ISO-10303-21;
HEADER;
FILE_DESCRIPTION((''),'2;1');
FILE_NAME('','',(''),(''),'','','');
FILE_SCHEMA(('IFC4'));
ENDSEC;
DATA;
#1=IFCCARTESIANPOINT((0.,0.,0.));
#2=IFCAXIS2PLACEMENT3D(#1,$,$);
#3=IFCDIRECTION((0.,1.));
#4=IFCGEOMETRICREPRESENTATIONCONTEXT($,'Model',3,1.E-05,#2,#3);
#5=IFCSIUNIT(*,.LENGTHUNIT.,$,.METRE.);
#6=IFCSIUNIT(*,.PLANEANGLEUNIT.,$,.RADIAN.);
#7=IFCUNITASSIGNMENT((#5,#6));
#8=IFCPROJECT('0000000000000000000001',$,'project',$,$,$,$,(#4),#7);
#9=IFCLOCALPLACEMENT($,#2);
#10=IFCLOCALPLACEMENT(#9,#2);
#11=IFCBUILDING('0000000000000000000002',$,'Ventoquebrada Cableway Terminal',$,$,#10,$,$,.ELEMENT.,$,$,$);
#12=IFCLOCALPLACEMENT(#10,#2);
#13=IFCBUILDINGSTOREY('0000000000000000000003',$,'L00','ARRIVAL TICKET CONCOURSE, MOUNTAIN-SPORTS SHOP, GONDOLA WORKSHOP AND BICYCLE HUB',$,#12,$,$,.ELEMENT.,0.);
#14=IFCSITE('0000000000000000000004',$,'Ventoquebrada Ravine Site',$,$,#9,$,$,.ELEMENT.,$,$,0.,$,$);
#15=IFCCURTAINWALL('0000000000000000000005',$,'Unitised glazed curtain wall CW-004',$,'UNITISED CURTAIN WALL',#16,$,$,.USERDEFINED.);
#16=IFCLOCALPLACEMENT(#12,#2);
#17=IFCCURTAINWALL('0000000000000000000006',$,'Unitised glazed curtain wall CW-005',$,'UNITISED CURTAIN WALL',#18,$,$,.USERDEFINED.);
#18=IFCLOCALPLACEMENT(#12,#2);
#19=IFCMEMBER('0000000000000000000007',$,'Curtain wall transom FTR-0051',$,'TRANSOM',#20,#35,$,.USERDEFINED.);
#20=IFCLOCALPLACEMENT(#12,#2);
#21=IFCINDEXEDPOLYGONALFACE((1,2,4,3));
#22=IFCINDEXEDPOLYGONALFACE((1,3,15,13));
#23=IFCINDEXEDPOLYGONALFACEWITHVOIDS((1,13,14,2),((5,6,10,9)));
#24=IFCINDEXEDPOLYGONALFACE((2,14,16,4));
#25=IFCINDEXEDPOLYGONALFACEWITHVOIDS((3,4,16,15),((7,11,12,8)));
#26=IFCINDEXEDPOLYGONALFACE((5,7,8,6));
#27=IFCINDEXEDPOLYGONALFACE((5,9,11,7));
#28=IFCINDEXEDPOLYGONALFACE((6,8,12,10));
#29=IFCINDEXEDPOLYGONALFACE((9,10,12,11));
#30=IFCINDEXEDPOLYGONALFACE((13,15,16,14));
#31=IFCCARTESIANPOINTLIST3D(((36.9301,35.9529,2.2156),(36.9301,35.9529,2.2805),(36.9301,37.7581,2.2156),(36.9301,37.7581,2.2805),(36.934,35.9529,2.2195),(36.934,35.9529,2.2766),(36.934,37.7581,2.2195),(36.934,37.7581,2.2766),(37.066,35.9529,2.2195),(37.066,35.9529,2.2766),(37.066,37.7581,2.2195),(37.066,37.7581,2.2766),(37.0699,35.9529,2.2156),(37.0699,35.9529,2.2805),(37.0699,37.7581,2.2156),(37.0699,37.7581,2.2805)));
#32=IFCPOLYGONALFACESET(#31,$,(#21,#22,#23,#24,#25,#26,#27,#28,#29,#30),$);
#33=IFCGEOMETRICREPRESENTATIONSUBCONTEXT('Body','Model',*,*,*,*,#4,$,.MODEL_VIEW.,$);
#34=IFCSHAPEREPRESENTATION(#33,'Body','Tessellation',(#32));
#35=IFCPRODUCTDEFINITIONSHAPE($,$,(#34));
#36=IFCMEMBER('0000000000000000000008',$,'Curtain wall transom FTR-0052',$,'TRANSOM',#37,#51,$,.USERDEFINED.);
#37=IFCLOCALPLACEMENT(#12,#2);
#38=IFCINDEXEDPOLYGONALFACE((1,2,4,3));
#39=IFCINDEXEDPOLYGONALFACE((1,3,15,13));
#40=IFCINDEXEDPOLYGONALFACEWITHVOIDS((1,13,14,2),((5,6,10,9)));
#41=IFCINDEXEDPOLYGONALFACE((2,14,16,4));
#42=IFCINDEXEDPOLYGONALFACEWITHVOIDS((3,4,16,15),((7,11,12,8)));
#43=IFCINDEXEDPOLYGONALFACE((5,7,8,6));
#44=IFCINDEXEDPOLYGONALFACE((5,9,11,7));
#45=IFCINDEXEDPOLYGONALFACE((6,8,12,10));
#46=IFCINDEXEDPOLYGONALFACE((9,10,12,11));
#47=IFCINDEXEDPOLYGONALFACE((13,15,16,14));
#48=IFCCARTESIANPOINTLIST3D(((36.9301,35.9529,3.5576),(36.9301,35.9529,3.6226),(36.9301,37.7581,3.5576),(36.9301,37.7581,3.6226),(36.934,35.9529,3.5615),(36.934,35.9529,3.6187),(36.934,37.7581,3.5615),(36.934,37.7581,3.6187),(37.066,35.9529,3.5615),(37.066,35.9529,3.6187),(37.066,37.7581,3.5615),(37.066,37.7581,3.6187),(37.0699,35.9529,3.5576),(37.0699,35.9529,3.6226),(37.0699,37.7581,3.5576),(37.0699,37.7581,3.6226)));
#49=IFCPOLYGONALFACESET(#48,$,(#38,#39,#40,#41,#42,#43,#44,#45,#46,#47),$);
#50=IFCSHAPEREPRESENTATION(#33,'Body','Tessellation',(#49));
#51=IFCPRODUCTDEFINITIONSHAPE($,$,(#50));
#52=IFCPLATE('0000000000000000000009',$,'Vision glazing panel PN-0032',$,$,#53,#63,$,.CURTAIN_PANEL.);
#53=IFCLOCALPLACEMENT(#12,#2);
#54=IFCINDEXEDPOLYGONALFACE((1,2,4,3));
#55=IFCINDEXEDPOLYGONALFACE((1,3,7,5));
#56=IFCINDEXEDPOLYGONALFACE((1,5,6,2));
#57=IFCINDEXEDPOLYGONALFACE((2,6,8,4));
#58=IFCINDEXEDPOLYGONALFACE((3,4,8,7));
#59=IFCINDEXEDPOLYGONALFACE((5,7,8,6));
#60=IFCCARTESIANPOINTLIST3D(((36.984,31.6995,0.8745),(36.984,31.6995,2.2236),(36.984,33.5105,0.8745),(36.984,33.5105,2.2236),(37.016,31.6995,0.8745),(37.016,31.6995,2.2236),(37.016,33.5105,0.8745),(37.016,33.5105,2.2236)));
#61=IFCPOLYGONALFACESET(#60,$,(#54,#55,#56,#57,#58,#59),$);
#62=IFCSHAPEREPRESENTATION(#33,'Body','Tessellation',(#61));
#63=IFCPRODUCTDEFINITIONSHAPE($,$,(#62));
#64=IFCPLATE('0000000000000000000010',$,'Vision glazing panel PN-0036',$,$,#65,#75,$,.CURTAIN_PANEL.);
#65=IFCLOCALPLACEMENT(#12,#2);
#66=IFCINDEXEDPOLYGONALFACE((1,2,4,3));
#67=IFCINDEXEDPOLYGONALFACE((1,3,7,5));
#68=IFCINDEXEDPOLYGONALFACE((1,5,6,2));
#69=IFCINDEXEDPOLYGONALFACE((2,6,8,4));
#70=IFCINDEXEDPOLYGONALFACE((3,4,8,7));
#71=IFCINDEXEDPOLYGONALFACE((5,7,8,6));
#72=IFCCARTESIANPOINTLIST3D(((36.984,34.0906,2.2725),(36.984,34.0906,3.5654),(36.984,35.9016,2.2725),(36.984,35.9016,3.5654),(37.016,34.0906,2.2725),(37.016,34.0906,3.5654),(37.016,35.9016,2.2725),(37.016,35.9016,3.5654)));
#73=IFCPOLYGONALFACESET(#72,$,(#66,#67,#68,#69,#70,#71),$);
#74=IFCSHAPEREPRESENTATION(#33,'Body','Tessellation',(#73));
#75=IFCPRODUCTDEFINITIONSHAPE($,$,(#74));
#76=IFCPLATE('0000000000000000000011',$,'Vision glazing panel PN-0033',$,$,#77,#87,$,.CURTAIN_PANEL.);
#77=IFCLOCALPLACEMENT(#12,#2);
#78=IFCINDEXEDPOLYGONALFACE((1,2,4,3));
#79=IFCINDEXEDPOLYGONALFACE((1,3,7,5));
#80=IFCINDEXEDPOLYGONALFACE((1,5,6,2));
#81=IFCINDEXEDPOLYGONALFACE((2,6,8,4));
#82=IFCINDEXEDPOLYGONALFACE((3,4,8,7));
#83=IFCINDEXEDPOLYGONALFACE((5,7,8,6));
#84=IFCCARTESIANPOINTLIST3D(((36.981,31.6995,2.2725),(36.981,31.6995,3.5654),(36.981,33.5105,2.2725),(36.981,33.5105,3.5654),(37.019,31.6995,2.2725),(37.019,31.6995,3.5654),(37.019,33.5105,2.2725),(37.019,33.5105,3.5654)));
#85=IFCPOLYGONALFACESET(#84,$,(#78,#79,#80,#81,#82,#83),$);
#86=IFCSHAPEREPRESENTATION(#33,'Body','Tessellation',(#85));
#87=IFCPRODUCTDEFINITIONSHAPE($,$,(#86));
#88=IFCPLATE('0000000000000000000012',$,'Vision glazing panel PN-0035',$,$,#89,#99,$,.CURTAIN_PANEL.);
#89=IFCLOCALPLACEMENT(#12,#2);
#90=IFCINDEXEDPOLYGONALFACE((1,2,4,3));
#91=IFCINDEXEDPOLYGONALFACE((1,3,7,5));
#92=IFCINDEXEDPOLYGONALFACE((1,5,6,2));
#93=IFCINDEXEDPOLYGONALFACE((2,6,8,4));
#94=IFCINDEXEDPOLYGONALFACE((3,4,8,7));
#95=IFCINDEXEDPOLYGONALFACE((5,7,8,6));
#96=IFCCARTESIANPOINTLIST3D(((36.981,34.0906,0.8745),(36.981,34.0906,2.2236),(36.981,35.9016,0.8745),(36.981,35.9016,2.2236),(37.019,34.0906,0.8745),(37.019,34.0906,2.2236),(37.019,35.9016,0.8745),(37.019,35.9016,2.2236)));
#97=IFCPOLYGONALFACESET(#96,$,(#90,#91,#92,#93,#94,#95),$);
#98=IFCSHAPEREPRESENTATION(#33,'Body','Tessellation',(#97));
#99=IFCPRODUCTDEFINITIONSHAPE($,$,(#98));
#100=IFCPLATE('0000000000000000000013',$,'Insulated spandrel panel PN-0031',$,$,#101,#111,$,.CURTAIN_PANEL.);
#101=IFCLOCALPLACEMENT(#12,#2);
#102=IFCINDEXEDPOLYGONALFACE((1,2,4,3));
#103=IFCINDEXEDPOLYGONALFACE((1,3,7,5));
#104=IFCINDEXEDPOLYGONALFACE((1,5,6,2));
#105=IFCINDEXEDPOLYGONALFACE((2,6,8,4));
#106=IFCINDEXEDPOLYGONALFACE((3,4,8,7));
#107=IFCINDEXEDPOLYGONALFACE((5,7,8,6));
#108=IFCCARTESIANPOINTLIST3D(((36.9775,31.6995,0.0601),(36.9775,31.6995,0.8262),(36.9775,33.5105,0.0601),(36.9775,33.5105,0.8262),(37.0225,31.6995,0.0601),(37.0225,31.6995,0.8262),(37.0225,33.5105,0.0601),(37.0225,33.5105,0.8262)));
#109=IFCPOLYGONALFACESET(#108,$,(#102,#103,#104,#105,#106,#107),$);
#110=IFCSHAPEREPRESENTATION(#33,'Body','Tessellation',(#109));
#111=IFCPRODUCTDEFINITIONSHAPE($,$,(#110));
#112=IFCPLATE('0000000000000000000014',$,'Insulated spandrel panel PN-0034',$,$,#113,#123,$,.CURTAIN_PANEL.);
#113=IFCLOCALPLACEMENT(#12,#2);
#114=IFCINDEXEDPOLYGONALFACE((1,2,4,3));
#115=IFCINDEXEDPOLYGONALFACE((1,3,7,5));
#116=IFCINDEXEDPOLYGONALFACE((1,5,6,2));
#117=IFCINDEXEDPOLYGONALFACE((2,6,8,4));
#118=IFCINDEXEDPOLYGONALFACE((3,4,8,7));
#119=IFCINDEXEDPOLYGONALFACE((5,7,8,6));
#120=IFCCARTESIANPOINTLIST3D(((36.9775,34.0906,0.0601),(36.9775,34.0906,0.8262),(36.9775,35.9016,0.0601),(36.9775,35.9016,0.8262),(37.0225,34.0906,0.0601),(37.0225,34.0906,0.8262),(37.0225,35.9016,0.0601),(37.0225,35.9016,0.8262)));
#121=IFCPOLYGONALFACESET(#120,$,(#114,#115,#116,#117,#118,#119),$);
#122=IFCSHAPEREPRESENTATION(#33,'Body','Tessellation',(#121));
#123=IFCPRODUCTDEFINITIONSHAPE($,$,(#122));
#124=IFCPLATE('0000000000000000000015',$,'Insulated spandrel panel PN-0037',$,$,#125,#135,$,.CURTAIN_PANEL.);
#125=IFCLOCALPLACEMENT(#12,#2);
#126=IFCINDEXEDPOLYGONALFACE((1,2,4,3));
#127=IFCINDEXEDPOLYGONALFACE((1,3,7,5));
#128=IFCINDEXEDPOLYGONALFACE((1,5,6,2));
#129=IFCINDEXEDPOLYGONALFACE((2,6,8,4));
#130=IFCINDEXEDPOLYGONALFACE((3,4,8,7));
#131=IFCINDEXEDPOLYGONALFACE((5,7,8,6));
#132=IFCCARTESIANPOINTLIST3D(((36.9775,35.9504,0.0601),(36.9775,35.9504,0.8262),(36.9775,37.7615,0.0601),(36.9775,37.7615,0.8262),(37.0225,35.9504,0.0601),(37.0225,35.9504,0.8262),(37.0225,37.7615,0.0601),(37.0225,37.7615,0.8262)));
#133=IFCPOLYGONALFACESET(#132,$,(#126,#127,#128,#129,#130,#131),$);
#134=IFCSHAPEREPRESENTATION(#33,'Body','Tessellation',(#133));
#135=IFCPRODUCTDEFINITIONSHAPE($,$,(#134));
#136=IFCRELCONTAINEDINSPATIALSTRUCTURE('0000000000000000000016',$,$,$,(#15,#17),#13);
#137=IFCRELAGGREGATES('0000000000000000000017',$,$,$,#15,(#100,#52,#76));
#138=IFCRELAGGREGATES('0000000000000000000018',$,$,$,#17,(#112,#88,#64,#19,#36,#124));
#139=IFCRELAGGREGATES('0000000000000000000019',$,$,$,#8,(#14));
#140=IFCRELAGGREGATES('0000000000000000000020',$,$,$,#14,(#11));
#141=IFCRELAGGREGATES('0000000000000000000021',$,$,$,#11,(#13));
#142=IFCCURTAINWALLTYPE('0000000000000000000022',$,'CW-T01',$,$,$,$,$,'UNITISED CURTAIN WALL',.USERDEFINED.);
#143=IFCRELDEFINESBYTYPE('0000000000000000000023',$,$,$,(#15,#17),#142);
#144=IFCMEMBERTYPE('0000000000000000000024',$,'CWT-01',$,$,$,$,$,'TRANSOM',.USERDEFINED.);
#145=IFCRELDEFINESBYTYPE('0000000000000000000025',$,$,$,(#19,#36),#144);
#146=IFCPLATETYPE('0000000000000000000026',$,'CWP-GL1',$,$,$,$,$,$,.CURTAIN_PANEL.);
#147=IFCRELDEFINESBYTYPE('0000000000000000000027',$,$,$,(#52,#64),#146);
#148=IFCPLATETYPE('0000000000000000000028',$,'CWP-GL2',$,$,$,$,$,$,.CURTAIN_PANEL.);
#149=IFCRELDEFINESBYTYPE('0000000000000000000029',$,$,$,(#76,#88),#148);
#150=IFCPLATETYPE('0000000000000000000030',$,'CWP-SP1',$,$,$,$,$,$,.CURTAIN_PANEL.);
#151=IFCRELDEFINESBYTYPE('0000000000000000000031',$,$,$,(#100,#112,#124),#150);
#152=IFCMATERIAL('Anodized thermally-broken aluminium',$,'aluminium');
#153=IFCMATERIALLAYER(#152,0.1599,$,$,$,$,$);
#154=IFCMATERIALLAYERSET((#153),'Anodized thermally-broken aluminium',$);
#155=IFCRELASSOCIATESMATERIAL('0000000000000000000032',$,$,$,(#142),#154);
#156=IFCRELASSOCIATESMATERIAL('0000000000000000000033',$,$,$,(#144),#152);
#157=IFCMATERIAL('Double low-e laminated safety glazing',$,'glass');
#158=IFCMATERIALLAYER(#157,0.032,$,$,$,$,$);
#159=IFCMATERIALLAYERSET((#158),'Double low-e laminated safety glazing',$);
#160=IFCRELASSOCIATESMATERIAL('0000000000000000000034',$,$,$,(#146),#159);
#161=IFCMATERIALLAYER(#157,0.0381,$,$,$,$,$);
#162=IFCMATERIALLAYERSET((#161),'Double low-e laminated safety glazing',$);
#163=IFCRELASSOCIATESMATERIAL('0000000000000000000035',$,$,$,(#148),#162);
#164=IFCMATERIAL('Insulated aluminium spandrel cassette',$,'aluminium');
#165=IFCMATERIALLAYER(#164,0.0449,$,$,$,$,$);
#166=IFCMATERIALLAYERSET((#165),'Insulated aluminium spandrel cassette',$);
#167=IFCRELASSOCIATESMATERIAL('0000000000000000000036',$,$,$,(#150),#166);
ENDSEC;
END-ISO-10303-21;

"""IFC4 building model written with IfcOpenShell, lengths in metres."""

from ifc_helpers import new_model, si_unit, direction, frame, origin, origin_2d, place, context, subcontext, project, spatial, rectangle, hollow_rectangle, extrude, material, layer, layer_set, material_profile, profile_set, type_object, element, aggregate, save


model = new_model("IFC4")

# Units and contexts
model_context = context("Model", 3, precision=1e-05, world=origin(), true_north=direction((0.0, 1.0)))
body_context = subcontext(model_context, "Body", "Model", "MODEL_VIEW")
ifc_project = project(units=[si_unit("LENGTHUNIT", "METRE"), si_unit("PLANEANGLEUNIT", "RADIAN")], contexts=[model_context])

# Site, building, storey
site_placement = place(None, origin())
site = spatial("IfcSite", under=ifc_project, at=site_placement, Name="Ventoquebrada Ravine Site", CompositionType="ELEMENT", RefElevation=0.0)
building_placement = place(site_placement, origin())
building = spatial("IfcBuilding", under=site, at=building_placement, Name="Ventoquebrada Cableway Terminal", CompositionType="ELEMENT")
storey_placement = place(building_placement, origin())
storey = spatial("IfcBuildingStorey", under=building, at=storey_placement, Name="L00", Description="ARRIVAL TICKET CONCOURSE, MOUNTAIN-SPORTS SHOP, GONDOLA WORKSHOP AND BICYCLE HUB", CompositionType="ELEMENT", Elevation=0.0)

# Curtain wall
ifc_material_1 = material(Name="Anodized thermally-broken aluminium", Category="aluminium")
ifc_layer_1 = layer(ifc_material_1, 0.1599)
ifc_layer_set_1 = layer_set([ifc_layer_1], Name="Anodized thermally-broken aluminium")
curtain_wall_type = type_object("IfcCurtainWallType", Name="CW-T01", ElementType="UNITISED CURTAIN WALL", PredefinedType="USERDEFINED", material=ifc_layer_set_1)
curtain_wall_1_placement = place(storey_placement, origin())
curtain_wall_1 = element("IfcCurtainWall", 1, at=curtain_wall_1_placement, inside=storey, type_object=curtain_wall_type, Name="Unitised glazed curtain wall CW-004", ObjectType="UNITISED CURTAIN WALL", PredefinedType="USERDEFINED")

# Curtain wall
curtain_wall_2_placement = place(storey_placement, origin())
curtain_wall_2 = element("IfcCurtainWall", 2, at=curtain_wall_2_placement, inside=storey, type_object=curtain_wall_type, Name="Unitised glazed curtain wall CW-005", ObjectType="UNITISED CURTAIN WALL", PredefinedType="USERDEFINED")

# Members
ifc_material_profile_1 = material_profile(ifc_material_1, hollow_rectangle(XDim=0.0649, YDim=0.1399, WallThickness=0.0039, at=origin_2d()), Name="CW-TRN-65X140")
ifc_profile_set_1 = profile_set([ifc_material_profile_1], Name="Anodized thermally-broken aluminium")
member_type_1 = type_object("IfcMemberType", Name="CWT-01", ElementType="TRANSOM", PredefinedType="USERDEFINED", material=ifc_profile_set_1)
member_1_placement = place(storey_placement, frame((37.0, 35.9529, 2.248), z_axis=(0.0, 1.0, 0.0), x_axis=(0.0, 0.0, 1.0)))
member_1 = element("IfcMember", 3, at=member_1_placement, type_object=member_type_1, Name="Curtain wall transom FTR-0051", ObjectType="TRANSOM", PredefinedType="USERDEFINED", context=body_context, shape_type="SweptSolid", body=[
    extrude(hollow_rectangle(XDim=0.0649, YDim=0.1399, WallThickness=0.0039, at=origin_2d()), origin(), (0.0, 0.0, 1.0), 1.8052),
])
member_2_placement = place(storey_placement, frame((37.0, 35.9529, 3.5901), z_axis=(0.0, 1.0, 0.0), x_axis=(0.0, 0.0, 1.0)))
member_2 = element("IfcMember", 4, at=member_2_placement, type_object=member_type_1, Name="Curtain wall transom FTR-0052", ObjectType="TRANSOM", PredefinedType="USERDEFINED", context=body_context, shape_type="SweptSolid", body=[
    extrude(hollow_rectangle(XDim=0.0649, YDim=0.1399, WallThickness=0.0039, at=origin_2d()), origin(), (0.0, 0.0, 1.0), 1.8052),
])

# Plates
ifc_material_2 = material(Name="Double low-e laminated safety glazing", Category="glass")
ifc_layer_2 = layer(ifc_material_2, 0.032)
ifc_layer_set_2 = layer_set([ifc_layer_2], Name="Double low-e laminated safety glazing")
plate_type_1 = type_object("IfcPlateType", Name="CWP-GL1", PredefinedType="CURTAIN_PANEL", material=ifc_layer_set_2)
plate_1_placement = place(storey_placement, frame((37.0, 32.605, 0.8745), z_axis=(0.0, 0.0, 1.0), x_axis=(0.0, 1.0, 0.0)))
plate_1 = element("IfcPlate", 5, at=plate_1_placement, type_object=plate_type_1, Name="Vision glazing panel PN-0032", PredefinedType="CURTAIN_PANEL", context=body_context, shape_type="SweptSolid", body=[
    extrude(rectangle(XDim=1.811, YDim=0.032, at=origin_2d()), origin(), (0.0, 0.0, 1.0), 1.3491),
])
plate_2_placement = place(storey_placement, frame((37.0, 34.9961, 2.2725), z_axis=(0.0, 0.0, 1.0), x_axis=(0.0, 1.0, 0.0)))
plate_2 = element("IfcPlate", 6, at=plate_2_placement, type_object=plate_type_1, Name="Vision glazing panel PN-0036", PredefinedType="CURTAIN_PANEL", context=body_context, shape_type="SweptSolid", body=[
    extrude(rectangle(XDim=1.811, YDim=0.032, at=origin_2d()), origin(), (0.0, 0.0, 1.0), 1.293),
])
ifc_layer_3 = layer(ifc_material_2, 0.0381)
ifc_layer_set_3 = layer_set([ifc_layer_3], Name="Double low-e laminated safety glazing")
plate_type_2 = type_object("IfcPlateType", Name="CWP-GL2", PredefinedType="CURTAIN_PANEL", material=ifc_layer_set_3)
plate_3_placement = place(storey_placement, frame((37.0, 32.605, 2.2725), z_axis=(0.0, 0.0, 1.0), x_axis=(0.0, 1.0, 0.0)))
plate_3 = element("IfcPlate", 7, at=plate_3_placement, type_object=plate_type_2, Name="Vision glazing panel PN-0033", PredefinedType="CURTAIN_PANEL", context=body_context, shape_type="SweptSolid", body=[
    extrude(rectangle(XDim=1.811, YDim=0.0381, at=origin_2d()), origin(), (0.0, 0.0, 1.0), 1.293),
])
plate_4_placement = place(storey_placement, frame((37.0, 34.9961, 0.8745), z_axis=(0.0, 0.0, 1.0), x_axis=(0.0, 1.0, 0.0)))
plate_4 = element("IfcPlate", 8, at=plate_4_placement, type_object=plate_type_2, Name="Vision glazing panel PN-0035", PredefinedType="CURTAIN_PANEL", context=body_context, shape_type="SweptSolid", body=[
    extrude(rectangle(XDim=1.811, YDim=0.0381, at=origin_2d()), origin(), (0.0, 0.0, 1.0), 1.3491),
])
ifc_material_3 = material(Name="Insulated aluminium spandrel cassette", Category="aluminium")
ifc_layer_4 = layer(ifc_material_3, 0.0449)
ifc_layer_set_4 = layer_set([ifc_layer_4], Name="Insulated aluminium spandrel cassette")
plate_type_3 = type_object("IfcPlateType", Name="CWP-SP1", PredefinedType="CURTAIN_PANEL", material=ifc_layer_set_4)
plate_5_placement = place(storey_placement, frame((37.0, 32.605, 0.0601), z_axis=(0.0, 0.0, 1.0), x_axis=(0.0, 1.0, 0.0)))
plate_5 = element("IfcPlate", 9, at=plate_5_placement, type_object=plate_type_3, Name="Insulated spandrel panel PN-0031", PredefinedType="CURTAIN_PANEL", context=body_context, shape_type="SweptSolid", body=[
    extrude(rectangle(XDim=1.811, YDim=0.0449, at=origin_2d()), origin(), (0.0, 0.0, 1.0), 0.7661),
])
aggregate(curtain_wall_1, [plate_5, plate_1, plate_3])
plate_6_placement = place(storey_placement, frame((37.0, 34.9961, 0.0601), z_axis=(0.0, 0.0, 1.0), x_axis=(0.0, 1.0, 0.0)))
plate_6 = element("IfcPlate", 10, at=plate_6_placement, type_object=plate_type_3, Name="Insulated spandrel panel PN-0034", PredefinedType="CURTAIN_PANEL", context=body_context, shape_type="SweptSolid", body=[
    extrude(rectangle(XDim=1.811, YDim=0.0449, at=origin_2d()), origin(), (0.0, 0.0, 1.0), 0.7661),
])
plate_7_placement = place(storey_placement, frame((37.0, 36.856, 0.0601), z_axis=(0.0, 0.0, 1.0), x_axis=(0.0, 1.0, 0.0)))
plate_7 = element("IfcPlate", 11, at=plate_7_placement, type_object=plate_type_3, Name="Insulated spandrel panel PN-0037", PredefinedType="CURTAIN_PANEL", context=body_context, shape_type="SweptSolid", body=[
    extrude(rectangle(XDim=1.811, YDim=0.0449, at=origin_2d()), origin(), (0.0, 0.0, 1.0), 0.7661),
])
aggregate(curtain_wall_2, [plate_6, plate_4, plate_2, member_1, member_2, plate_7])

save(model, "model.ifc")
